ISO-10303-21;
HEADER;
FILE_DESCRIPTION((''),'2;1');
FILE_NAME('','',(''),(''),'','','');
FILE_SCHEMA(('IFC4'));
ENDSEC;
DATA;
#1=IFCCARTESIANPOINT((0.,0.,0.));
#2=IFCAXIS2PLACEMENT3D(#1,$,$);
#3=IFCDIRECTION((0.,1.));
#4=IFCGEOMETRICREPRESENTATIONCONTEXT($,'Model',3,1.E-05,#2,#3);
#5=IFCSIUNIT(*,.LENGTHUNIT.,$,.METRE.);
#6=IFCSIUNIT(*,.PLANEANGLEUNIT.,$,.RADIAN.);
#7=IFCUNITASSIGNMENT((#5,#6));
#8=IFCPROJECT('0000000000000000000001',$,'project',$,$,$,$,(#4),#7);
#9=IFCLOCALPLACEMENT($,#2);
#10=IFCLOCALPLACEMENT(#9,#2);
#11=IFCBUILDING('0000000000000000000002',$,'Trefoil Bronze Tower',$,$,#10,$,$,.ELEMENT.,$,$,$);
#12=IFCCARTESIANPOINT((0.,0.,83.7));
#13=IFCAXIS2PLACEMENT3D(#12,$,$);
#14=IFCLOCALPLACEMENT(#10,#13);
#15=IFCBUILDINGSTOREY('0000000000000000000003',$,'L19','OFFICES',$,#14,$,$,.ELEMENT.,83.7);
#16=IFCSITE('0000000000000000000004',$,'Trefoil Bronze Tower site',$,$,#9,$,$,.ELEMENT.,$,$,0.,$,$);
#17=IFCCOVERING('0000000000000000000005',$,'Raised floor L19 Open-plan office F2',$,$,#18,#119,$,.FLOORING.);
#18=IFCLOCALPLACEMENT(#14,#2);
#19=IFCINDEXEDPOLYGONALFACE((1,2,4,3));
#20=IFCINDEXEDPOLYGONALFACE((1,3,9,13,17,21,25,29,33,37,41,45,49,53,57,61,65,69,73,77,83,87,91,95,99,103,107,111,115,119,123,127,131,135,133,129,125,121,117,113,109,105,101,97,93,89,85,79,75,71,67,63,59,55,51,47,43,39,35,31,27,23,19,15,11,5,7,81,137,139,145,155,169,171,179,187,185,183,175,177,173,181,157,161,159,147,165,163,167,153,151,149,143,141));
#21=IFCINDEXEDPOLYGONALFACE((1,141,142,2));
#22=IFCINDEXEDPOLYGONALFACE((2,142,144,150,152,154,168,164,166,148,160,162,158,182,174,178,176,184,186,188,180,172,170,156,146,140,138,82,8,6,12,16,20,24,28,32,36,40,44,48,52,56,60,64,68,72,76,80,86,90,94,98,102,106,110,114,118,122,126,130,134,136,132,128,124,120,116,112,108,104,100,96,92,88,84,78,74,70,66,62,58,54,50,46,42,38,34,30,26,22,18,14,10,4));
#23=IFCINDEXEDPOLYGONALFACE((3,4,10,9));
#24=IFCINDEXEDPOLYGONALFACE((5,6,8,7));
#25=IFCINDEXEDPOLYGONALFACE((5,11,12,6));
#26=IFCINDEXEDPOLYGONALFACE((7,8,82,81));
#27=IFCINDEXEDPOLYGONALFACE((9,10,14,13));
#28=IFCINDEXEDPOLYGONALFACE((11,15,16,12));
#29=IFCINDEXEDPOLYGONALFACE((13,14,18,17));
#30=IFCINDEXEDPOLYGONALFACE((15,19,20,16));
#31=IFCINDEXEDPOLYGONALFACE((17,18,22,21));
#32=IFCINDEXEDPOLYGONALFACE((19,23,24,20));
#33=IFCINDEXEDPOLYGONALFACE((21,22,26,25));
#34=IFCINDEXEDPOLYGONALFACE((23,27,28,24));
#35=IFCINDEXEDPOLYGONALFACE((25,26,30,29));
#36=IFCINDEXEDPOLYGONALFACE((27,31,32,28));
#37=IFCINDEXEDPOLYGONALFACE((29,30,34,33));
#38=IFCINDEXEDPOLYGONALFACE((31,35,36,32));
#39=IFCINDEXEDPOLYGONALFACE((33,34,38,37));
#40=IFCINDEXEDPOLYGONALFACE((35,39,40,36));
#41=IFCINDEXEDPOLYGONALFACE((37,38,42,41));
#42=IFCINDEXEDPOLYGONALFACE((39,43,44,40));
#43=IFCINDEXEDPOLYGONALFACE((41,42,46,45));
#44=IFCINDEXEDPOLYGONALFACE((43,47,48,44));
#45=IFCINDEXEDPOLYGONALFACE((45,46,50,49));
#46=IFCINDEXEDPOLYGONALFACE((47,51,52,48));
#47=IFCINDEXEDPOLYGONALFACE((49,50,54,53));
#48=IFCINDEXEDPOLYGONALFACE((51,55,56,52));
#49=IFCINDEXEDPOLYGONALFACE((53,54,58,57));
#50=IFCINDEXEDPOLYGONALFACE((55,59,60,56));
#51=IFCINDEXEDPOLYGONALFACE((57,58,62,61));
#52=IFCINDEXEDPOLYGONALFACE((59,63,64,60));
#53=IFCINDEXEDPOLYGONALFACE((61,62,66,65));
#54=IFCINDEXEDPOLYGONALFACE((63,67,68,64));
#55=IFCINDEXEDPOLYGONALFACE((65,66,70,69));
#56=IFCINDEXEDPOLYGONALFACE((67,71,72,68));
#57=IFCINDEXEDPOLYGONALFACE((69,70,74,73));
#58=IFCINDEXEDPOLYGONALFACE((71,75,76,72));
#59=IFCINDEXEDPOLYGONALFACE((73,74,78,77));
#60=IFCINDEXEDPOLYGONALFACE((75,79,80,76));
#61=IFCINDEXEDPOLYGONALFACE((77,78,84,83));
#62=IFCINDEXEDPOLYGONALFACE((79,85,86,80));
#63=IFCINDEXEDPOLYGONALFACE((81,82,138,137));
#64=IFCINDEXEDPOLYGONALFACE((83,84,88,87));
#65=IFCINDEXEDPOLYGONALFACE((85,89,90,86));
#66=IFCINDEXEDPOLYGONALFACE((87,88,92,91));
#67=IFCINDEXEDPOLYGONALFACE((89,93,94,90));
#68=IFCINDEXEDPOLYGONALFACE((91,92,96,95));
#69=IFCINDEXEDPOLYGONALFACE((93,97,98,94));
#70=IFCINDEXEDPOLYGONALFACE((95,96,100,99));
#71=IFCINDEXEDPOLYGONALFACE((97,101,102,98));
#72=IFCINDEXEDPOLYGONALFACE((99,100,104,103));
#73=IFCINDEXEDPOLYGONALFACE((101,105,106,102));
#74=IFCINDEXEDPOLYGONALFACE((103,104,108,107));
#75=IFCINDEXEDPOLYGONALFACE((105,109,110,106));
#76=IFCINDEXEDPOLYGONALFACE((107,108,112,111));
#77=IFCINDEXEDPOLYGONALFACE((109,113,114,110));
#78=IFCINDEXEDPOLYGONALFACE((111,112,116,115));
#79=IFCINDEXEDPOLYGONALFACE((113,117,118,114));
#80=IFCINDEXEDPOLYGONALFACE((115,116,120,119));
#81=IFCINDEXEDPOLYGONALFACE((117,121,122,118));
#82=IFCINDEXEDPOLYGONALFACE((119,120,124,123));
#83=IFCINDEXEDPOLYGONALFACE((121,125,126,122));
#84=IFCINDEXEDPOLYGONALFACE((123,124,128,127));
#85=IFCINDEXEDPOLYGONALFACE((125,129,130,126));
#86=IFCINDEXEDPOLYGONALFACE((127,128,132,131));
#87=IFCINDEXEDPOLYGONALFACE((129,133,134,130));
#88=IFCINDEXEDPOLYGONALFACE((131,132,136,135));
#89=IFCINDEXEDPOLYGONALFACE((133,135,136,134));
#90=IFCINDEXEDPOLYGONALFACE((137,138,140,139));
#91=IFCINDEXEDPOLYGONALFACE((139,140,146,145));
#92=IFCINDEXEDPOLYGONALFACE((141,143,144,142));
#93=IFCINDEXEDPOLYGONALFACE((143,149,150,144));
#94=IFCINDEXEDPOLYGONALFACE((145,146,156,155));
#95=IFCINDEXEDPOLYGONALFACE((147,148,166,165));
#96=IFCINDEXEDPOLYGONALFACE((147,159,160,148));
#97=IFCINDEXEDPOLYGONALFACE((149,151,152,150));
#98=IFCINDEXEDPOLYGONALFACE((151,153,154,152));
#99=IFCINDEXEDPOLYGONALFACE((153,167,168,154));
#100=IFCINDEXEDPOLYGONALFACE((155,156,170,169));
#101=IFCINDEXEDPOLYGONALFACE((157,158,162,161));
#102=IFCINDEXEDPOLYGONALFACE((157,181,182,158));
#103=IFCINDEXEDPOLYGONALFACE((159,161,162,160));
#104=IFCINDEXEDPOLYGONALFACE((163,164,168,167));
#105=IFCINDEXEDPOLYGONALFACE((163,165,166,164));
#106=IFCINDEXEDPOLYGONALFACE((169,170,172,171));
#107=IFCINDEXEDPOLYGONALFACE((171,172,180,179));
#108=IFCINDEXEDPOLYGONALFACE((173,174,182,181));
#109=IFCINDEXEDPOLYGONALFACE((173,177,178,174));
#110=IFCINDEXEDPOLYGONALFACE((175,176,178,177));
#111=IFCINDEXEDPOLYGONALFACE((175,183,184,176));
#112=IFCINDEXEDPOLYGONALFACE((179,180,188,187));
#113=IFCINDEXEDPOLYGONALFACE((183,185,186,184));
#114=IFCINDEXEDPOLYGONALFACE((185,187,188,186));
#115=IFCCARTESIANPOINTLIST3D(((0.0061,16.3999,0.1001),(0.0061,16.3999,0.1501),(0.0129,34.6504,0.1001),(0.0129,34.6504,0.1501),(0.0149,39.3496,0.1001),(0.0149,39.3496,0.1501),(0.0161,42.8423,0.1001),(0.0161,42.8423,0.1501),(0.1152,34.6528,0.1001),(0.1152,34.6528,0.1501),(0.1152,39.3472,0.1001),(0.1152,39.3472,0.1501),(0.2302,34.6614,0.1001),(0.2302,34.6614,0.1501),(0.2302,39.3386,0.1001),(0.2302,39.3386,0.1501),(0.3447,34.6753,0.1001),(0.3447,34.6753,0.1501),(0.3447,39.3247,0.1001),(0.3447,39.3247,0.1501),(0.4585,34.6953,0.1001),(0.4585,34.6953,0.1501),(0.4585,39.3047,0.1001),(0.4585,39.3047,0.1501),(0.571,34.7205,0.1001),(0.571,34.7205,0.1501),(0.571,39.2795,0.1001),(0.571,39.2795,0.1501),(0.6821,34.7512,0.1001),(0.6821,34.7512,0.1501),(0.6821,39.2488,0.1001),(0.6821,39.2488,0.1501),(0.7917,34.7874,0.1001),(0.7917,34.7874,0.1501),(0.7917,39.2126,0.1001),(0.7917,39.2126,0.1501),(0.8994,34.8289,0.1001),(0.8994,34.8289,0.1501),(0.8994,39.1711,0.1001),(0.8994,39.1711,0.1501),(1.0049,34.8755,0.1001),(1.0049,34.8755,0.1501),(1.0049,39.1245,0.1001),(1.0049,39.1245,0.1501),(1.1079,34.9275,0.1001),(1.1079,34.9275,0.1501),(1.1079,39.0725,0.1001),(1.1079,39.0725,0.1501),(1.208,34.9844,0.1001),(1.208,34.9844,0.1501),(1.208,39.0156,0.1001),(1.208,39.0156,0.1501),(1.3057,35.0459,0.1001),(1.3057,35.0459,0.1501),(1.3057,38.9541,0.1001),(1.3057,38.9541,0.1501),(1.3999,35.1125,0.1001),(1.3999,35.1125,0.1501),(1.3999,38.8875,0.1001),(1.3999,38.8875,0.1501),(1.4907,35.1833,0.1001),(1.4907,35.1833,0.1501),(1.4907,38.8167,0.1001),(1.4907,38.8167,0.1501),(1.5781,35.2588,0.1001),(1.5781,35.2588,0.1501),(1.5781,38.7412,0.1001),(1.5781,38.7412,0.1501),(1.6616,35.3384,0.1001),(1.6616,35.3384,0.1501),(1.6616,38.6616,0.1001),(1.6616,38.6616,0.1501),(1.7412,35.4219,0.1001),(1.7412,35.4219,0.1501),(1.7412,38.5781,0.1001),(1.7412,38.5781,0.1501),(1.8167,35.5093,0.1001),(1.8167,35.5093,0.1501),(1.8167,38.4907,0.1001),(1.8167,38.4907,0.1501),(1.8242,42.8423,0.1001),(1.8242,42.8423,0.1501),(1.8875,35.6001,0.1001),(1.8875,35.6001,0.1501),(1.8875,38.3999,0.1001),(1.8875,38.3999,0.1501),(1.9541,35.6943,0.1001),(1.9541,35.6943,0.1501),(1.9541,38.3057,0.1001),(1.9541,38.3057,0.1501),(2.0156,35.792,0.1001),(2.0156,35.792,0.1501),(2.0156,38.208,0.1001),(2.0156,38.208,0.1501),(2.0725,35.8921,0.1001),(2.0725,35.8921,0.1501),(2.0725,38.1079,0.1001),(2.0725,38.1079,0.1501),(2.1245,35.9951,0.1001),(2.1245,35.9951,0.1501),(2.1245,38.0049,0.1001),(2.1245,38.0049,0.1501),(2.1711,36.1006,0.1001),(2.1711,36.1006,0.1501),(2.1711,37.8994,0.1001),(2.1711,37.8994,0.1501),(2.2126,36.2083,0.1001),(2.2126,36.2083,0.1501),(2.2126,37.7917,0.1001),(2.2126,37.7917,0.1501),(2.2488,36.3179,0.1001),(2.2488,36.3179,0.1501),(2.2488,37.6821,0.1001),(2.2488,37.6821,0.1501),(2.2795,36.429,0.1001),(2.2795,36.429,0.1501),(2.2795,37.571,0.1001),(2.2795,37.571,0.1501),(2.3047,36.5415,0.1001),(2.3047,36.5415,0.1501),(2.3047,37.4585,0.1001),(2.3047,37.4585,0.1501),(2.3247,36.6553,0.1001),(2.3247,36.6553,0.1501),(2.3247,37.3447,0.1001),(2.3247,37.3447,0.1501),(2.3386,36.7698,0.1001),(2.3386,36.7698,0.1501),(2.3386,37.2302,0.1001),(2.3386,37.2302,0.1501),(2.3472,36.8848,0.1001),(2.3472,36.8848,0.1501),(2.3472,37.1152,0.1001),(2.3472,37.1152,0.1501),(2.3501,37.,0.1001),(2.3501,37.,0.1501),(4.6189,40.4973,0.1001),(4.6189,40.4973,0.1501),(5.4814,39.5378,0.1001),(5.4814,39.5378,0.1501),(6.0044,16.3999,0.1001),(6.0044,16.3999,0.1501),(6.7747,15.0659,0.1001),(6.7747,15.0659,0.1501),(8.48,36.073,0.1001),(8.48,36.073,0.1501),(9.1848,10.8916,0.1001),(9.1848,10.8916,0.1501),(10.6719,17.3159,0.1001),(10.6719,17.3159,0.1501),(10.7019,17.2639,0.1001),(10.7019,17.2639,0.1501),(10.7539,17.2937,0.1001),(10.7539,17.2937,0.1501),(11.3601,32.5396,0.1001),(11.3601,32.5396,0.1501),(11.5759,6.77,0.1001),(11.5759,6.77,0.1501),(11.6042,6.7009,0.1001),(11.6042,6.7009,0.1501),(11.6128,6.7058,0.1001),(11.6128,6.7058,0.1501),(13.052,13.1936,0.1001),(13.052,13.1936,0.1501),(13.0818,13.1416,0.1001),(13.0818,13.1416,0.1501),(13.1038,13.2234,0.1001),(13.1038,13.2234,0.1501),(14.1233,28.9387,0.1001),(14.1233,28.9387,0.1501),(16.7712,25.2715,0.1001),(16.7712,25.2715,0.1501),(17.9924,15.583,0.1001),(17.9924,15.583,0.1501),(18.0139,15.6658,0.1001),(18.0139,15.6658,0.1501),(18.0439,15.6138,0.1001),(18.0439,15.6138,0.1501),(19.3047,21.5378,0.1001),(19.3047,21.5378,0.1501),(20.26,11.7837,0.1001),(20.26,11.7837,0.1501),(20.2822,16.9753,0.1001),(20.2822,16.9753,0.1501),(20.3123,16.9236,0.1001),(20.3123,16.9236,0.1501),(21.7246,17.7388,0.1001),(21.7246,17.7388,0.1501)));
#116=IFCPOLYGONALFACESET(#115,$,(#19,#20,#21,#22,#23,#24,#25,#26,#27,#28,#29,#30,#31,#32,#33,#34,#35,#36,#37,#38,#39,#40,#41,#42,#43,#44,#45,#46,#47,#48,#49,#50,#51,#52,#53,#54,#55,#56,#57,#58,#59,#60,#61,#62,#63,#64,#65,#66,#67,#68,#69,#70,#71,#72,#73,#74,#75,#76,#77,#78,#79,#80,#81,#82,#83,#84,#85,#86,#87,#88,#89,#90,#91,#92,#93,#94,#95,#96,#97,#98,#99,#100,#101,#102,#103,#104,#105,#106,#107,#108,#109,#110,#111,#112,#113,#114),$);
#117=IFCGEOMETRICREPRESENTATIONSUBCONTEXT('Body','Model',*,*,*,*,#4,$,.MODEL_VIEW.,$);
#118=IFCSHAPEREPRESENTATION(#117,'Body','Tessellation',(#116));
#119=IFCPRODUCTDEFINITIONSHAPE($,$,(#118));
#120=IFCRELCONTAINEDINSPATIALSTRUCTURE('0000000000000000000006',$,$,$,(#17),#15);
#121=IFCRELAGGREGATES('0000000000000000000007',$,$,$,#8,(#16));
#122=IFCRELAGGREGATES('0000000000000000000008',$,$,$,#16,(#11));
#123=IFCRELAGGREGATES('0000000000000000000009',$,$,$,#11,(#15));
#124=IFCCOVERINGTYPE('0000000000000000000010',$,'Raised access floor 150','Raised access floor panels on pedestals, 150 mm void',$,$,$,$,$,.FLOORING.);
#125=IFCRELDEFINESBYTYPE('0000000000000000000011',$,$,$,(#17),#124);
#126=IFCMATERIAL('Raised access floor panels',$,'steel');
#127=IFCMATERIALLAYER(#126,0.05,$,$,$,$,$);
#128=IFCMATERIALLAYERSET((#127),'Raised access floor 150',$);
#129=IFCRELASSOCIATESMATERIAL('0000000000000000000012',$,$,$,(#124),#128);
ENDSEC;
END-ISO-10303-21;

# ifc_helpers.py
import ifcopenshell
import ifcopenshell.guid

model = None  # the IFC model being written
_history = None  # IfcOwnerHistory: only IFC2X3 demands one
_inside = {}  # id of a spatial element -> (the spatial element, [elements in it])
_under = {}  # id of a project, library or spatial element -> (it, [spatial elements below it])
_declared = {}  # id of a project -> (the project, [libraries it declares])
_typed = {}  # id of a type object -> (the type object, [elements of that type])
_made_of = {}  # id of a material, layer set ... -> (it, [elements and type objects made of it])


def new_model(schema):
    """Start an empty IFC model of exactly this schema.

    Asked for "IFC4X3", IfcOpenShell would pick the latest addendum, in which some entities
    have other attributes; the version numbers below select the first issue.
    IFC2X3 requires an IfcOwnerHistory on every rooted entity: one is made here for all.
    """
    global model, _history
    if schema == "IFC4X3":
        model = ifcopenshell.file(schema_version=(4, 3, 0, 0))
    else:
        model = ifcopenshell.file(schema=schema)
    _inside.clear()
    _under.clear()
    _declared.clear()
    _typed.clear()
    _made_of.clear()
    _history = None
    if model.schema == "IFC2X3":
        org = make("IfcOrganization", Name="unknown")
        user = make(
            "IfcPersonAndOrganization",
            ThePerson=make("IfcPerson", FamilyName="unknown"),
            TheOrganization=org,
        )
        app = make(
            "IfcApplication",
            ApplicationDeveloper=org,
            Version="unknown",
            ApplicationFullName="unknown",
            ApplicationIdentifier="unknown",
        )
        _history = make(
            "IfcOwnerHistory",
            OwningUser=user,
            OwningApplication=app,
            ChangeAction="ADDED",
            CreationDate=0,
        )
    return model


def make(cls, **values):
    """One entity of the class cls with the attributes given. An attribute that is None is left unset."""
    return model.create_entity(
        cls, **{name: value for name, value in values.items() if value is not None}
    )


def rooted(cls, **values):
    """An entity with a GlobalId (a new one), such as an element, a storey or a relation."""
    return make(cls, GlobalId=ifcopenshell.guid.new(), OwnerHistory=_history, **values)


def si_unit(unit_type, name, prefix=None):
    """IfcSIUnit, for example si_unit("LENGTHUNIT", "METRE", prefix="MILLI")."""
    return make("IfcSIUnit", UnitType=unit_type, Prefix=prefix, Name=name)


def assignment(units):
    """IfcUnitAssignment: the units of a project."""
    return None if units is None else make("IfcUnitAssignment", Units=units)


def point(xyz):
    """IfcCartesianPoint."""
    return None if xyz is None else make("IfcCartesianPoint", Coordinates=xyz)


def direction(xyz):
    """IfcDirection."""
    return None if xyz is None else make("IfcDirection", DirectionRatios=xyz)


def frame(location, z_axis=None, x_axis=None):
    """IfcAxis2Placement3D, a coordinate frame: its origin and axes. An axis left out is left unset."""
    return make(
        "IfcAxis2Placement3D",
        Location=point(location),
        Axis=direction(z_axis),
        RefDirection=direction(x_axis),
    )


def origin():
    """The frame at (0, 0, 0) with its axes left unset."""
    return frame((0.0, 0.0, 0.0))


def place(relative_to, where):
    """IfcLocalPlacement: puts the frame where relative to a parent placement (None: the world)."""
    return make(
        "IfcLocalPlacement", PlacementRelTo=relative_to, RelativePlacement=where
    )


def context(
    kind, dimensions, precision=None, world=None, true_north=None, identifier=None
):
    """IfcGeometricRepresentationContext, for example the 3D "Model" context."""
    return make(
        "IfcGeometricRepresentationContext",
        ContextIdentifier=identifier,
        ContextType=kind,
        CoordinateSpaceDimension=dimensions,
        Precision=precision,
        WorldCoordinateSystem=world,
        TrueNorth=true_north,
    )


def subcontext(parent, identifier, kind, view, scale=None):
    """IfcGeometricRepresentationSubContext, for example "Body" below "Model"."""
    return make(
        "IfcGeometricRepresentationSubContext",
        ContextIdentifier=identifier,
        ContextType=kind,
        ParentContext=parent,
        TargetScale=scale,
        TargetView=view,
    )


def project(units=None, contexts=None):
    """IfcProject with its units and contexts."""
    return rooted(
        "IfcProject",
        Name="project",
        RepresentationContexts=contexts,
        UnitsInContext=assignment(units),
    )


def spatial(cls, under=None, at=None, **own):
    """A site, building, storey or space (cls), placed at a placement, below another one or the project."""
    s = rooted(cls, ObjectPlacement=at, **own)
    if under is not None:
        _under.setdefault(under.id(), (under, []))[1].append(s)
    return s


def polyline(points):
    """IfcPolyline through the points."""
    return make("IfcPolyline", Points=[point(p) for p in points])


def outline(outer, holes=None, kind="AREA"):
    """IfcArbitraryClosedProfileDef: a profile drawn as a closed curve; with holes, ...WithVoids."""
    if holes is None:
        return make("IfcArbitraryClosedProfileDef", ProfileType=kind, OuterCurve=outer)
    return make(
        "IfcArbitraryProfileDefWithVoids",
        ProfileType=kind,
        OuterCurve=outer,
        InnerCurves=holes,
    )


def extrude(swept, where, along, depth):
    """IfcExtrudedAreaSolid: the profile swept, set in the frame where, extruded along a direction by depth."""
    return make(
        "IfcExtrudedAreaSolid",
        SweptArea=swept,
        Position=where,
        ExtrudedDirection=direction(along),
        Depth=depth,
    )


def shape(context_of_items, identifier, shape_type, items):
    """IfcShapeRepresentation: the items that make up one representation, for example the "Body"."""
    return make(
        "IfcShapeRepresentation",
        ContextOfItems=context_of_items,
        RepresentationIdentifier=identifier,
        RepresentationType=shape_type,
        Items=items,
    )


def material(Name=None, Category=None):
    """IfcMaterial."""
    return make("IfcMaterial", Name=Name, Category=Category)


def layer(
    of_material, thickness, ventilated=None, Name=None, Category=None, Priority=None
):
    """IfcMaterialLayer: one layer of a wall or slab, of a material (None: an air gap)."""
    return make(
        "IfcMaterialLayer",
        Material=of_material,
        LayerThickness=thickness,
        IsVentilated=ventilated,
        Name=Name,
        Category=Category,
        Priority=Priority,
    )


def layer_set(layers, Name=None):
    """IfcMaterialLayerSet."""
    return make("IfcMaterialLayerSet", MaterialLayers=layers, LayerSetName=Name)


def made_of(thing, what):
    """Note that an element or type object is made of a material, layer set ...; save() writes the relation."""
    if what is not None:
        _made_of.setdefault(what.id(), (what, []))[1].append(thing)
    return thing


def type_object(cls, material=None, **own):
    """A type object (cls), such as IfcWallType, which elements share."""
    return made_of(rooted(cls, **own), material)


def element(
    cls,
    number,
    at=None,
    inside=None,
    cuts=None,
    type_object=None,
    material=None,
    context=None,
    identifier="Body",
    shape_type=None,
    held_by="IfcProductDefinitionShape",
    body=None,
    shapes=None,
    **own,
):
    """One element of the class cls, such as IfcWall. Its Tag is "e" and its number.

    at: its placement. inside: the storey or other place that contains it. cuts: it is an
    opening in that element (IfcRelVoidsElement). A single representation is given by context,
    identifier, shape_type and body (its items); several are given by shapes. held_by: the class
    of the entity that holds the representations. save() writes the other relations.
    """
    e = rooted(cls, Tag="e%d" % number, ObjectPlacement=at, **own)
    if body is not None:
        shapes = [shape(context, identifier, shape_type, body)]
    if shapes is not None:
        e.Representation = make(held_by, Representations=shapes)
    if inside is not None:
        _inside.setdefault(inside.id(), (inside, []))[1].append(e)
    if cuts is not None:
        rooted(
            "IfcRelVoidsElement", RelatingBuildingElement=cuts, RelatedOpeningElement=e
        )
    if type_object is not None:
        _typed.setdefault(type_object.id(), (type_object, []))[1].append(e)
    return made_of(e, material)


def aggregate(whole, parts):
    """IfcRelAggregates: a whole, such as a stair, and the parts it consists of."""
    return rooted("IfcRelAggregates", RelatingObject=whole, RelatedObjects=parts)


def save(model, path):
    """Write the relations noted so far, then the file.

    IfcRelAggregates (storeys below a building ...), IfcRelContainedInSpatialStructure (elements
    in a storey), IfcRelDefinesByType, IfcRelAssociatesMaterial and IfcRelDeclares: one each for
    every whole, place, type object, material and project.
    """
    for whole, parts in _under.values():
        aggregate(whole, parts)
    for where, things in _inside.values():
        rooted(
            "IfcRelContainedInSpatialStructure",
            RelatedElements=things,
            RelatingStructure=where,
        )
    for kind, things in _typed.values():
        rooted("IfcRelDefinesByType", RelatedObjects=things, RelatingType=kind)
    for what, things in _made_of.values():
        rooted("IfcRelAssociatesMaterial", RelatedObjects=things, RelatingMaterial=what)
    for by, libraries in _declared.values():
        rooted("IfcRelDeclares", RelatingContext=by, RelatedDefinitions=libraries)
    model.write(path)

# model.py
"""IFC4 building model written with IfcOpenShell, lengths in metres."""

from ifc_helpers import new_model, si_unit, direction, frame, origin, place, context, subcontext, project, spatial, polyline, outline, extrude, material, layer, layer_set, type_object, element, save


model = new_model("IFC4")

# Units and contexts
model_context = context("Model", 3, precision=1e-05, world=origin(), true_north=direction((0.0, 1.0)))
body_context = subcontext(model_context, "Body", "Model", "MODEL_VIEW")
ifc_project = project(units=[si_unit("LENGTHUNIT", "METRE"), si_unit("PLANEANGLEUNIT", "RADIAN")], contexts=[model_context])

# Site, building, storey
site_placement = place(None, origin())
site = spatial("IfcSite", under=ifc_project, at=site_placement, Name="Trefoil Bronze Tower site", CompositionType="ELEMENT", RefElevation=0.0)
building_placement = place(site_placement, origin())
building = spatial("IfcBuilding", under=site, at=building_placement, Name="Trefoil Bronze Tower", CompositionType="ELEMENT")
storey_placement = place(building_placement, frame((0.0, 0.0, 83.7)))
storey = spatial("IfcBuildingStorey", under=building, at=storey_placement, Name="L19", Description="OFFICES", CompositionType="ELEMENT", Elevation=83.7)

# Covering
ifc_material_1 = material(Name="Raised access floor panels", Category="steel")
ifc_layer_1 = layer(ifc_material_1, 0.05)
ifc_layer_set_1 = layer_set([ifc_layer_1], Name="Raised access floor 150")
covering_type_1 = type_object("IfcCoveringType", Name="Raised access floor 150", Description="Raised access floor panels on pedestals, 150 mm void", PredefinedType="FLOORING", material=ifc_layer_set_1)
covering_1_placement = place(storey_placement, frame((0.0, 0.0, 0.1001)))
element("IfcCovering", 1, at=covering_1_placement, inside=storey, type_object=covering_type_1, Name="Raised floor L19 Open-plan office F2", PredefinedType="FLOORING", context=body_context, shape_type="SweptSolid", body=[
    extrude(outline(polyline([(14.1233, 28.9387), (16.7712, 25.2715), (19.3047, 21.5378), (21.7246, 17.7388), (20.3123, 16.9236), (20.2822, 16.9753), (18.0139, 15.6658), (18.0439, 15.6138), (17.9924, 15.583), (20.26, 11.7837), (11.5759, 6.77), (11.6128, 6.7058), (11.6042, 6.7009), (9.1848, 10.8916), (13.0818, 13.1416), (13.052, 13.1936), (13.1038, 13.2234), (10.7539, 17.2937), (10.7019, 17.2639), (10.6719, 17.3159), (6.7747, 15.0659), (6.0044, 16.3999), (0.0061, 16.3999), (0.0129, 34.6504), (0.1152, 34.6528), (0.2302, 34.6614), (0.3447, 34.6753), (0.4585, 34.6953), (0.571, 34.7205), (0.6821, 34.7512), (0.7917, 34.7874), (0.8994, 34.8289), (1.0049, 34.8755), (1.1079, 34.9275), (1.208, 34.9844), (1.3057, 35.0459), (1.3999, 35.1125), (1.4907, 35.1833), (1.5781, 35.2588), (1.6616, 35.3384), (1.7412, 35.4219), (1.8167, 35.5093), (1.8875, 35.6001), (1.9541, 35.6943), (2.0156, 35.792), (2.0725, 35.8921), (2.1245, 35.9951), (2.1711, 36.1006), (2.2126, 36.2083), (2.2488, 36.3179), (2.2795, 36.429), (2.3047, 36.5415), (2.3247, 36.6553), (2.3386, 36.7698), (2.3472, 36.8848), (2.3501, 37.0), (2.3472, 37.1152), (2.3386, 37.2302), (2.3247, 37.3447), (2.3047, 37.4585), (2.2795, 37.571), (2.2488, 37.6821), (2.2126, 37.7917), (2.1711, 37.8994), (2.1245, 38.0049), (2.0725, 38.1079), (2.0156, 38.208), (1.9541, 38.3057), (1.8875, 38.3999), (1.8167, 38.4907), (1.7412, 38.5781), (1.6616, 38.6616), (1.5781, 38.7412), (1.4907, 38.8167), (1.3999, 38.8875), (1.3057, 38.9541), (1.208, 39.0156), (1.1079, 39.0725), (1.0049, 39.1245), (0.8994, 39.1711), (0.7917, 39.2126), (0.6821, 39.2488), (0.571, 39.2795), (0.4585, 39.3047), (0.3447, 39.3247), (0.2302, 39.3386), (0.1152, 39.3472), (0.0149, 39.3496), (0.0161, 42.8423), (1.8242, 42.8423), (4.6189, 40.4973), (5.4814, 39.5378), (8.48, 36.073), (11.3601, 32.5396), (14.1233, 28.9387)])), origin(), (0.0, 0.0, 1.0), 0.05),
])

save(model, "model.ifc")
